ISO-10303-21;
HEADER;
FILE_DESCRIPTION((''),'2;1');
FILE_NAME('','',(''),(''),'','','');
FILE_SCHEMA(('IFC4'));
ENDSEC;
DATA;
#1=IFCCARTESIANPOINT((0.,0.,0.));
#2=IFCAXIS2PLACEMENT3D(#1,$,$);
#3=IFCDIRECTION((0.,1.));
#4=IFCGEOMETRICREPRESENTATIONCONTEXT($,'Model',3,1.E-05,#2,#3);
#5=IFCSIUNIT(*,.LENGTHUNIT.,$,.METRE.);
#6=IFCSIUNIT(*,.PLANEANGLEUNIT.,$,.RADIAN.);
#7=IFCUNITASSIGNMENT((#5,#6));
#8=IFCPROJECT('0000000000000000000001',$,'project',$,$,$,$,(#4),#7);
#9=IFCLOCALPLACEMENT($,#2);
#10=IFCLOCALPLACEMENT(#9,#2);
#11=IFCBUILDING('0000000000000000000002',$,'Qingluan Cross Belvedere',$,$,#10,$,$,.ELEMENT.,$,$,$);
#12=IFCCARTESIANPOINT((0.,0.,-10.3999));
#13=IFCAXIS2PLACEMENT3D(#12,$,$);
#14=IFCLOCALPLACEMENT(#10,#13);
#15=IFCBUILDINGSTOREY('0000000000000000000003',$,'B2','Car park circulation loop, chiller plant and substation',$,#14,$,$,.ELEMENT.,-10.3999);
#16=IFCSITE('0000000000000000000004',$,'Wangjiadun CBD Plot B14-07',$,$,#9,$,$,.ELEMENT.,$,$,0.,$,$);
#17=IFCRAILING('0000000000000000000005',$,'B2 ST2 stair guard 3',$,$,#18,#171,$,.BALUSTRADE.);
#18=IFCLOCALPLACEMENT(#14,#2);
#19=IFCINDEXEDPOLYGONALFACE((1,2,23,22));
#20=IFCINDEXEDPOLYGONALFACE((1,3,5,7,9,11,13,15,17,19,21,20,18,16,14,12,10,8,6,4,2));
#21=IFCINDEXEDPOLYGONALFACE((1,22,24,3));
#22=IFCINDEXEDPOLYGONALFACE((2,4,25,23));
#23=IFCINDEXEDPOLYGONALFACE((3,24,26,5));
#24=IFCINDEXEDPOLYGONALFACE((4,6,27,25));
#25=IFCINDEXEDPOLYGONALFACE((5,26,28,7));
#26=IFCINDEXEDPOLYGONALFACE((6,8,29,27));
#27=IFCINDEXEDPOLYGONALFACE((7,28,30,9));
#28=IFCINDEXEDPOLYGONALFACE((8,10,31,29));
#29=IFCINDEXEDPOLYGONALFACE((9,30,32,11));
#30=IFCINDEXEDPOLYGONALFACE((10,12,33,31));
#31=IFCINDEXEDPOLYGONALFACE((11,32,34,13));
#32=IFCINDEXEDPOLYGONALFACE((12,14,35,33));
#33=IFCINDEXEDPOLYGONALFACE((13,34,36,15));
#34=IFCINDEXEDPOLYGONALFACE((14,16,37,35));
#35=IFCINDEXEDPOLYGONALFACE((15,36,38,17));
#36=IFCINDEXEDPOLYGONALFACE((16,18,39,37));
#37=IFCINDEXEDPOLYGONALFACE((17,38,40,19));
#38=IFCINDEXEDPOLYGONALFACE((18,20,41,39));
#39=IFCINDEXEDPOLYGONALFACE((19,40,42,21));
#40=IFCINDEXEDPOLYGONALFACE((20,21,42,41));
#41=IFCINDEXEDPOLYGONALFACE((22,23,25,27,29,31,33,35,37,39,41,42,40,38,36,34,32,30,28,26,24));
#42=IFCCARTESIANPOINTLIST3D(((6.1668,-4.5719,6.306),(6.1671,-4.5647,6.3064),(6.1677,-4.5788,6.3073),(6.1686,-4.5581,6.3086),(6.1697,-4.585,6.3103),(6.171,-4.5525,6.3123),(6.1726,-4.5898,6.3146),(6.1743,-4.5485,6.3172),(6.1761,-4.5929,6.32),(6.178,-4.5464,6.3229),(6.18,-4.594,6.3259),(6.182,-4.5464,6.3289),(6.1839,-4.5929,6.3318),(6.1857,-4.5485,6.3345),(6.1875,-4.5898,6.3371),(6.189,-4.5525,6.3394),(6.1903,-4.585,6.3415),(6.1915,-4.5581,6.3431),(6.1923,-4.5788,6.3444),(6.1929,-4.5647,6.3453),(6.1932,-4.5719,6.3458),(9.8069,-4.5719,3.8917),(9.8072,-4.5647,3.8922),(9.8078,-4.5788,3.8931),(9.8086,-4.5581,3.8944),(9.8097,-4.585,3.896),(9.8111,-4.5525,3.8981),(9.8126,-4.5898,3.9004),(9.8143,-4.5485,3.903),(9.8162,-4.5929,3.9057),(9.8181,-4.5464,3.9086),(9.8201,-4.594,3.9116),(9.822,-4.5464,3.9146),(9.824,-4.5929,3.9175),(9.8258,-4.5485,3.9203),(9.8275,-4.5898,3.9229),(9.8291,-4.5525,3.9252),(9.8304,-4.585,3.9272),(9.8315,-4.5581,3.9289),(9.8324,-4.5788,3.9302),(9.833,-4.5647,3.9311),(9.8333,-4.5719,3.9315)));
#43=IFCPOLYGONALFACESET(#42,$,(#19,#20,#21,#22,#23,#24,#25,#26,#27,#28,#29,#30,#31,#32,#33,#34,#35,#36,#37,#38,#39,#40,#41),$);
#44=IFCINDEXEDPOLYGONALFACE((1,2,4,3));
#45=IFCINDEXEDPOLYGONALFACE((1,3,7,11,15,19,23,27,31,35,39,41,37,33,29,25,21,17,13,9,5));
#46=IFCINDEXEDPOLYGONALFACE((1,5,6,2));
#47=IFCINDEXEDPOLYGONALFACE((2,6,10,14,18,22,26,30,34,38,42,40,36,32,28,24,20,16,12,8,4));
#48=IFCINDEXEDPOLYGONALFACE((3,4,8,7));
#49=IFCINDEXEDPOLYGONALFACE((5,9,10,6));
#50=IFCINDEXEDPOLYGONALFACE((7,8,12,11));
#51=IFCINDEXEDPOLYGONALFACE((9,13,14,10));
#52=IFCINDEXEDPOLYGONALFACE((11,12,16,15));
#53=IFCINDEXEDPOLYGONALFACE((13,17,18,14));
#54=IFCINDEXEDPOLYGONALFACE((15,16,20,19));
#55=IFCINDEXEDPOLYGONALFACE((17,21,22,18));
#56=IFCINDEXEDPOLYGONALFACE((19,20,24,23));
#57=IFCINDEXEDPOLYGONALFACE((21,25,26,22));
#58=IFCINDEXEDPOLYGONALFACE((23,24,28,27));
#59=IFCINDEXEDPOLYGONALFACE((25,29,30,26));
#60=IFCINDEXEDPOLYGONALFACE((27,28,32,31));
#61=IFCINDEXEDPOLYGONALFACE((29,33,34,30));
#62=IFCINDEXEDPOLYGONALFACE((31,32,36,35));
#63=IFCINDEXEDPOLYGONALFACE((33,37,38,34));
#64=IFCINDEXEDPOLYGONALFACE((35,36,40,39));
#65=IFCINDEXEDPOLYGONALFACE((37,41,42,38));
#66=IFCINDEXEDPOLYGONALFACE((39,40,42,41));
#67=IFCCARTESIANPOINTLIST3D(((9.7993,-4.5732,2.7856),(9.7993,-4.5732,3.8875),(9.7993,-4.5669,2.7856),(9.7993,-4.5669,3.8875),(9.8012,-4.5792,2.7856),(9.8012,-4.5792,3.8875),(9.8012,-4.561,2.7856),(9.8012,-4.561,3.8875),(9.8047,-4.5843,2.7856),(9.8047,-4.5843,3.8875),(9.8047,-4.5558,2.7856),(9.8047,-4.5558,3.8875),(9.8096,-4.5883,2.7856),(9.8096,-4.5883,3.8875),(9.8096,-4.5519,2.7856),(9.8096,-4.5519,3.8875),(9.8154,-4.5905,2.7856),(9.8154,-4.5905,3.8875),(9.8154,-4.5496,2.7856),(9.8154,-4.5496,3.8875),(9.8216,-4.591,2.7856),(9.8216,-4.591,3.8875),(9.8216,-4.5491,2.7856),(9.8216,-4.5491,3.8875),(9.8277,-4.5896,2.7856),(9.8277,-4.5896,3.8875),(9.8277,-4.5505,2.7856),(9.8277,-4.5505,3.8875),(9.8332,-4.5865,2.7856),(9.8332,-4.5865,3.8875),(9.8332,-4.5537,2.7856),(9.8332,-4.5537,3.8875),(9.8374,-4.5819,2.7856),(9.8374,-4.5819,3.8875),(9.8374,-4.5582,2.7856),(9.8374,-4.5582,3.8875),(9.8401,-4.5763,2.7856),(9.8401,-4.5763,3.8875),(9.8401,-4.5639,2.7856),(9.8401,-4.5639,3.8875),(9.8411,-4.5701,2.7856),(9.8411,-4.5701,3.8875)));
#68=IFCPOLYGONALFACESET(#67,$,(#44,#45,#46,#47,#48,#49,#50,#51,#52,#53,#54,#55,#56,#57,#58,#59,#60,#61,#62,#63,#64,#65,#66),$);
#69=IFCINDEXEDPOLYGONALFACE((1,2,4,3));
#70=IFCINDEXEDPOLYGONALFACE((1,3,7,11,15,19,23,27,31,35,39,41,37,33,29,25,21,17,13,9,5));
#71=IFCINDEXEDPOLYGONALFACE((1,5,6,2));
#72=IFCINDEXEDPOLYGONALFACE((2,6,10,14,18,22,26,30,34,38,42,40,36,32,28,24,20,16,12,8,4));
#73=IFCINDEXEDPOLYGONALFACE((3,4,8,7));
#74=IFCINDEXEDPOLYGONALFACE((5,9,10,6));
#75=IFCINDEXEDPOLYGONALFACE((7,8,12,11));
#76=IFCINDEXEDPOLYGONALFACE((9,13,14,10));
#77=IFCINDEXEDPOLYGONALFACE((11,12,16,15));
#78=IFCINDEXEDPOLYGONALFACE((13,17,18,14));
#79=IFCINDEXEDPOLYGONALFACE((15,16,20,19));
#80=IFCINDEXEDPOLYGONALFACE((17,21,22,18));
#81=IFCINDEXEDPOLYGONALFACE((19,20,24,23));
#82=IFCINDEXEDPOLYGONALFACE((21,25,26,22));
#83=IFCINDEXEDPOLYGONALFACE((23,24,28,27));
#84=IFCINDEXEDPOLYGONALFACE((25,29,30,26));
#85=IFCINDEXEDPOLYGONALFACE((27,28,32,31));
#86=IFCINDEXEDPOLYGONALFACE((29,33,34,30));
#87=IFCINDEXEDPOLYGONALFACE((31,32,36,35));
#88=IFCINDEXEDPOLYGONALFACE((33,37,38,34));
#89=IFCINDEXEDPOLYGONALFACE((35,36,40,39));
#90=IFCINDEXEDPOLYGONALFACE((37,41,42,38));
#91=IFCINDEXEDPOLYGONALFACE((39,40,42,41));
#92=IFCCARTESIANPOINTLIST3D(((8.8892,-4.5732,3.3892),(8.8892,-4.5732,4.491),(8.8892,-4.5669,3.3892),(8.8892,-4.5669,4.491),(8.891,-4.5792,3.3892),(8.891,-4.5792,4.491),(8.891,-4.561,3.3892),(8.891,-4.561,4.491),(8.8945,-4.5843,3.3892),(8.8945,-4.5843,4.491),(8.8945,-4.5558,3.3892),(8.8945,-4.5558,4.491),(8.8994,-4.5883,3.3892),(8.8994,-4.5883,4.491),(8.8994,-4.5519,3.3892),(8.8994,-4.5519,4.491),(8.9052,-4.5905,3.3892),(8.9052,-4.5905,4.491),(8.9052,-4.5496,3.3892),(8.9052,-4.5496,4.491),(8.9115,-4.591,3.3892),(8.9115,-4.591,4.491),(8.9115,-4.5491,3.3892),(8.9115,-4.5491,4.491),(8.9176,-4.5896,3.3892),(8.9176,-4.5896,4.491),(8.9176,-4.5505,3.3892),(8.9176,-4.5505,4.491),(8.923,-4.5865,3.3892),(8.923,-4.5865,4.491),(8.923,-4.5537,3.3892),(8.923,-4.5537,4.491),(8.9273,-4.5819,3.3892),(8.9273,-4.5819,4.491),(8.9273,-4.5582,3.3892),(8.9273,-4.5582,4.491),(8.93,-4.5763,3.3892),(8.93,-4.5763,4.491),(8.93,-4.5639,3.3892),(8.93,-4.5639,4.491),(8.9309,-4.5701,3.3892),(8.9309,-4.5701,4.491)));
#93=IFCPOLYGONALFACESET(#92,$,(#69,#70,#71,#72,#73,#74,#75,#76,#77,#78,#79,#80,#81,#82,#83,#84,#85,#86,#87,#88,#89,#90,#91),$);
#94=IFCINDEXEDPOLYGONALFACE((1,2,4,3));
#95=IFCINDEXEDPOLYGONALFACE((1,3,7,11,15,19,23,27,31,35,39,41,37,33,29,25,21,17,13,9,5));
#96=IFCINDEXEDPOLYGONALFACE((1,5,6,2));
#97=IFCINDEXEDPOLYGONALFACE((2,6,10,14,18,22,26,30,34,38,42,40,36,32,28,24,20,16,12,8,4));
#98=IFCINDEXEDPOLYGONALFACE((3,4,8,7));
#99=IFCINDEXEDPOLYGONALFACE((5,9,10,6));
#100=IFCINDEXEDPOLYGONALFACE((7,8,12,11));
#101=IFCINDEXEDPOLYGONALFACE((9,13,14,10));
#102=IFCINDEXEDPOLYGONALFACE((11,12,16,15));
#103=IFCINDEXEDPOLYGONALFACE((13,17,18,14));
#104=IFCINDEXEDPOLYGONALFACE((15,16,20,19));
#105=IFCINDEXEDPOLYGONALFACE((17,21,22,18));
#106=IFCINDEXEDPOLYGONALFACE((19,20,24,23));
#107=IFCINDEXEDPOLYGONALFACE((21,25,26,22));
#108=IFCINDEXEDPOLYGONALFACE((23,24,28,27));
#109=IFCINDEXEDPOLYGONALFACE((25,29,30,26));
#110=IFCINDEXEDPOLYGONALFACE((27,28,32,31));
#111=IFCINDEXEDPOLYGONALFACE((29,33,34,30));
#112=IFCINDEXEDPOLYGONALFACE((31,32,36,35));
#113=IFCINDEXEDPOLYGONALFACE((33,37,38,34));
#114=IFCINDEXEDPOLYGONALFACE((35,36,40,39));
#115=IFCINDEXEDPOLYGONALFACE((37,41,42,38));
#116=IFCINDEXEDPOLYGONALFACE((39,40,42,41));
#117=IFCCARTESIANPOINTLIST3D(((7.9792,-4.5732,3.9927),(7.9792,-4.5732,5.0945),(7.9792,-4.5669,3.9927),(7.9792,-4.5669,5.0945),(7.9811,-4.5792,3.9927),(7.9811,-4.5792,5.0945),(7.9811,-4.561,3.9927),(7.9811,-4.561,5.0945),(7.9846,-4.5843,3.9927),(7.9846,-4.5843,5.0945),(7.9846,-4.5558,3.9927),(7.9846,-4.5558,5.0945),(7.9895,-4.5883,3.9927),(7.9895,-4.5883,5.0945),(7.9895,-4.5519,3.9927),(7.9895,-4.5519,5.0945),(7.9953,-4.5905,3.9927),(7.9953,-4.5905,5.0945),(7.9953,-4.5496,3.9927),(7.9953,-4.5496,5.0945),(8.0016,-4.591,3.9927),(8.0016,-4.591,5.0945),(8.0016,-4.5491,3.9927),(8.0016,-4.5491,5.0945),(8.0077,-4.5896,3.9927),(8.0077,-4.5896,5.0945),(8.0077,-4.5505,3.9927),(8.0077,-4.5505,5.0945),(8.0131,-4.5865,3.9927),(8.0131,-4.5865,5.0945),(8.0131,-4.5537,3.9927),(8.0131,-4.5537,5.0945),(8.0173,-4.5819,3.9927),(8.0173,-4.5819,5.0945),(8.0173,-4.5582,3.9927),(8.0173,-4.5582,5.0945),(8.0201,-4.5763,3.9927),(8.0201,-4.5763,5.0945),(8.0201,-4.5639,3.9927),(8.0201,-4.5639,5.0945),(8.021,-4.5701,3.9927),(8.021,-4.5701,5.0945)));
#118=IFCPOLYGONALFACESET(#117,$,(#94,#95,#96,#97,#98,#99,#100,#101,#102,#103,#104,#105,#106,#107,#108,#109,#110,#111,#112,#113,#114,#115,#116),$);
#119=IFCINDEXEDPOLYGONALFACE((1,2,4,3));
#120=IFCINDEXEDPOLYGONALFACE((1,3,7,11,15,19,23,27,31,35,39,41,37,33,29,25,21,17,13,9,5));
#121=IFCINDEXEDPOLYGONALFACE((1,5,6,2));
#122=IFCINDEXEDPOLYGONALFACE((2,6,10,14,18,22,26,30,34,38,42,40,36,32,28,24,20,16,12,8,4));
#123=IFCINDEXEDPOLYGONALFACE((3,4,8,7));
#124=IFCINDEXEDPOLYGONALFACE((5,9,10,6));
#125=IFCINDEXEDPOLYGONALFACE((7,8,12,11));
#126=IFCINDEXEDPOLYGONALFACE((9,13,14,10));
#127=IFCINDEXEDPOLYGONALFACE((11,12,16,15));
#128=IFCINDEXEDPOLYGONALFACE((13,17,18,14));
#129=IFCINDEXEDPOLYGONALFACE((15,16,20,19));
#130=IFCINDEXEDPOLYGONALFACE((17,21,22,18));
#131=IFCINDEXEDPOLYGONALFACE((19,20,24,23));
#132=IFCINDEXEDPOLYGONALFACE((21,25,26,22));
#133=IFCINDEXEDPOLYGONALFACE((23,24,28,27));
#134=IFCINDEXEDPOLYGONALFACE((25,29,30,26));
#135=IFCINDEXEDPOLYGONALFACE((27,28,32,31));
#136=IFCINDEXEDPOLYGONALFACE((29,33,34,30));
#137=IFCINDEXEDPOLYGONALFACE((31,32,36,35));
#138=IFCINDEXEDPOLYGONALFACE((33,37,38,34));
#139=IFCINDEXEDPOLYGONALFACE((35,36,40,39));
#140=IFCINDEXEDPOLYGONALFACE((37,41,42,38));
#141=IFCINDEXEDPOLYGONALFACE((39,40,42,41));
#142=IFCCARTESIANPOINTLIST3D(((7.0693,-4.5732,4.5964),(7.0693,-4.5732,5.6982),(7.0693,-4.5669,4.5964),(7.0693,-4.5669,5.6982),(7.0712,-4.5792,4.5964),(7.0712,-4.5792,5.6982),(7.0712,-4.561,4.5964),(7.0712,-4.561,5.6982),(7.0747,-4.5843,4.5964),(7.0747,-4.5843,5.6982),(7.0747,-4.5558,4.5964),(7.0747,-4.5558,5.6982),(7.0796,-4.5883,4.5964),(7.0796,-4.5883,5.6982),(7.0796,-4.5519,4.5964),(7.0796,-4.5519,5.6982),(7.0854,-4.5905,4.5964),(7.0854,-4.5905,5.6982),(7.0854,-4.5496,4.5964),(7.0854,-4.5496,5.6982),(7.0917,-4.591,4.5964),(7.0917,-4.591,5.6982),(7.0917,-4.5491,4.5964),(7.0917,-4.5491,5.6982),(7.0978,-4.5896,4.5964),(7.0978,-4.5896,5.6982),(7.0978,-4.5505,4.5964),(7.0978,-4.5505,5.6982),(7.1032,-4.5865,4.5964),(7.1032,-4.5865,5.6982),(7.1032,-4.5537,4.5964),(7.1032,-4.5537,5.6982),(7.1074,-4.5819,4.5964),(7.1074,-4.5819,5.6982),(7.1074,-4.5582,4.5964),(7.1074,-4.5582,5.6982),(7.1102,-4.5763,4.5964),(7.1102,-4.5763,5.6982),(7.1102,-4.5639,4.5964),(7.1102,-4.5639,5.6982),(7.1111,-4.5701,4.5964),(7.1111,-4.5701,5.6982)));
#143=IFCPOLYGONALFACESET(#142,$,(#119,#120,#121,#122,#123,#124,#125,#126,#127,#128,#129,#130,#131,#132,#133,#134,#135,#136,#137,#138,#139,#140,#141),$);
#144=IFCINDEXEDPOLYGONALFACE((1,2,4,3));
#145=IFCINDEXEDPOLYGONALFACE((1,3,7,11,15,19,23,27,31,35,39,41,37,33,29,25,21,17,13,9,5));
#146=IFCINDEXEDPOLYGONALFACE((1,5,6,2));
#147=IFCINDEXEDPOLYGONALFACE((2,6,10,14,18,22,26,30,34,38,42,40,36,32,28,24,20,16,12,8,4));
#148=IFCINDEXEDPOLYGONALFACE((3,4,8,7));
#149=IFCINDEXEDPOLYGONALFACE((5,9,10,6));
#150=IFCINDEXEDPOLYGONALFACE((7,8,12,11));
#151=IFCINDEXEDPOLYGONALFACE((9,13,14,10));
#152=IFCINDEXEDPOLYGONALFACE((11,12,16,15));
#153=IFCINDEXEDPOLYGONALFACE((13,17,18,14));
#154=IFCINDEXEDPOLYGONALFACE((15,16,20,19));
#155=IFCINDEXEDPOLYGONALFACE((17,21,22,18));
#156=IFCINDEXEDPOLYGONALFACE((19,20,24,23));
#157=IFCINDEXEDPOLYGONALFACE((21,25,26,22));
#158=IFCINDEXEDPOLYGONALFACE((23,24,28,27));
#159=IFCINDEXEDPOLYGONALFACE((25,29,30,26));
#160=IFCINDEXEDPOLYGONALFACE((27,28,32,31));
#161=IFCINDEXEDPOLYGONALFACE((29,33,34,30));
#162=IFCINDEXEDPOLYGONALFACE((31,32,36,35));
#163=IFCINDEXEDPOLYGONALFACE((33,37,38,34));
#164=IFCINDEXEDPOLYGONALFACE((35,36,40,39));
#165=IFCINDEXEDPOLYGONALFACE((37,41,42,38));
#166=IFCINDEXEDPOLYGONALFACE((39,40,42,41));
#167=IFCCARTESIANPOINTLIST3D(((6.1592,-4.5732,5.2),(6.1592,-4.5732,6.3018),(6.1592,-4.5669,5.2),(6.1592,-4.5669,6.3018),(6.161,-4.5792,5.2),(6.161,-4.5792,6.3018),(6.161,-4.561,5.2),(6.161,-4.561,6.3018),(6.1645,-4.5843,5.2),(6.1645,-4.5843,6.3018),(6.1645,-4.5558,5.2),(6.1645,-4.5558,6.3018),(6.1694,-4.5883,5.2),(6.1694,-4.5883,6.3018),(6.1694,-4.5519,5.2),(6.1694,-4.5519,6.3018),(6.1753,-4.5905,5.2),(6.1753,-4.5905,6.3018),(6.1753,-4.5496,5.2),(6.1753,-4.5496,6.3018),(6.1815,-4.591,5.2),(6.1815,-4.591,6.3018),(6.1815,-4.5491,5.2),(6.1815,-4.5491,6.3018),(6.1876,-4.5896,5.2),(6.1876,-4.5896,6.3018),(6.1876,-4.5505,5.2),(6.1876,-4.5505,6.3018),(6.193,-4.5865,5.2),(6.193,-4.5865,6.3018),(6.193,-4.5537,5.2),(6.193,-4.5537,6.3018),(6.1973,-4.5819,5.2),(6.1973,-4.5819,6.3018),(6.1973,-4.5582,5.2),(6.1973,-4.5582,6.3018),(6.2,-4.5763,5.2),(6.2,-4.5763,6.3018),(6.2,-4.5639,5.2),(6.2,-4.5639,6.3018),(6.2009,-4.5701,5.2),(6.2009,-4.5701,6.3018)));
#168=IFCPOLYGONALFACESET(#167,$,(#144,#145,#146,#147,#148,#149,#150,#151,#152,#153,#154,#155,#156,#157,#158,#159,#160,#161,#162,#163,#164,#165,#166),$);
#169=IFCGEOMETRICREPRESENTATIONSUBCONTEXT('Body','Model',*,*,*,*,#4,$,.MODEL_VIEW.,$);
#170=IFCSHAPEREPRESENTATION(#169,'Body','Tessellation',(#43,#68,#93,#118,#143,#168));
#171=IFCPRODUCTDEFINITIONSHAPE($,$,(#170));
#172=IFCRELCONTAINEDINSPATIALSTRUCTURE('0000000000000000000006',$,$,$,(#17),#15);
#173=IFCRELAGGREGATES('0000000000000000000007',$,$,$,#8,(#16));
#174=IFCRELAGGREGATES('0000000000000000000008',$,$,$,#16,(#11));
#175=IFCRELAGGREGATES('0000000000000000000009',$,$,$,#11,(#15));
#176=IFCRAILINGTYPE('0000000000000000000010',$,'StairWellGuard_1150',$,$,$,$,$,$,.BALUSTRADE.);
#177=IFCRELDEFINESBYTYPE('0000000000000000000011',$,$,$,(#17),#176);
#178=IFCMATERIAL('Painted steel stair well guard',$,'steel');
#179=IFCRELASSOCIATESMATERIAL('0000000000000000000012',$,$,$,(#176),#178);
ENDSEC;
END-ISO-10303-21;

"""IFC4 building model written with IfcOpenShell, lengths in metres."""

from ifc_helpers import new_model, si_unit, direction, frame, origin, origin_2d, place, context, subcontext, project, spatial, circle, extrude, material, type_object, element, save


model = new_model("IFC4")

# Units and contexts
model_context = context("Model", 3, precision=1e-05, world=origin(), true_north=direction((0.0, 1.0)))
body_context = subcontext(model_context, "Body", "Model", "MODEL_VIEW")
ifc_project = project(units=[si_unit("LENGTHUNIT", "METRE"), si_unit("PLANEANGLEUNIT", "RADIAN")], contexts=[model_context])

# Site, building, storey
site_placement = place(None, origin())
site = spatial("IfcSite", under=ifc_project, at=site_placement, Name="Wangjiadun CBD Plot B14-07", CompositionType="ELEMENT", RefElevation=0.0)
building_placement = place(site_placement, origin())
building = spatial("IfcBuilding", under=site, at=building_placement, Name="Qingluan Cross Belvedere", CompositionType="ELEMENT")
storey_placement = place(building_placement, frame((0.0, 0.0, -10.3999)))
storey = spatial("IfcBuildingStorey", under=building, at=storey_placement, Name="B2", Description="Car park circulation loop, chiller plant and substation", CompositionType="ELEMENT", Elevation=-10.3999)

# Railing
ifc_material_1 = material(Name="Painted steel stair well guard", Category="steel")
railing_type_1 = type_object("IfcRailingType", Name="StairWellGuard_1150", PredefinedType="BALUSTRADE", material=ifc_material_1)
railing_1_placement = place(storey_placement, frame((9.8201, -4.5701, 2.7856)))
element("IfcRailing", 1, at=railing_1_placement, inside=storey, type_object=railing_type_1, Name="B2 ST2 stair guard 3", PredefinedType="BALUSTRADE", context=body_context, shape_type="SweptSolid", body=[
    extrude(circle(Radius=0.0239, at=origin_2d()), frame((0.0, 0.0, 1.126), z_axis=(-0.833364, 0.0, 0.552725), x_axis=(0.0, -1.0, 0.0)), (0.0, 0.0, 1.0), 4.3679),
    extrude(circle(Radius=0.021, at=origin_2d()), origin(), (0.0, 0.0, 1.0), 1.1018),
    extrude(circle(Radius=0.021, at=origin_2d()), frame((-0.9102, 0.0, 0.6035)), (0.0, 0.0, 1.0), 1.1018),
    extrude(circle(Radius=0.021, at=origin_2d()), frame((-1.8201, 0.0, 1.207)), (0.0, 0.0, 1.0), 1.1018),
    extrude(circle(Radius=0.021, at=origin_2d()), frame((-2.73, 0.0, 1.8108)), (0.0, 0.0, 1.0), 1.1018),
    extrude(circle(Radius=0.021, at=origin_2d()), frame((-3.6401, 0.0, 2.4143)), (0.0, 0.0, 1.0), 1.1018),
])

save(model, "model.ifc")
